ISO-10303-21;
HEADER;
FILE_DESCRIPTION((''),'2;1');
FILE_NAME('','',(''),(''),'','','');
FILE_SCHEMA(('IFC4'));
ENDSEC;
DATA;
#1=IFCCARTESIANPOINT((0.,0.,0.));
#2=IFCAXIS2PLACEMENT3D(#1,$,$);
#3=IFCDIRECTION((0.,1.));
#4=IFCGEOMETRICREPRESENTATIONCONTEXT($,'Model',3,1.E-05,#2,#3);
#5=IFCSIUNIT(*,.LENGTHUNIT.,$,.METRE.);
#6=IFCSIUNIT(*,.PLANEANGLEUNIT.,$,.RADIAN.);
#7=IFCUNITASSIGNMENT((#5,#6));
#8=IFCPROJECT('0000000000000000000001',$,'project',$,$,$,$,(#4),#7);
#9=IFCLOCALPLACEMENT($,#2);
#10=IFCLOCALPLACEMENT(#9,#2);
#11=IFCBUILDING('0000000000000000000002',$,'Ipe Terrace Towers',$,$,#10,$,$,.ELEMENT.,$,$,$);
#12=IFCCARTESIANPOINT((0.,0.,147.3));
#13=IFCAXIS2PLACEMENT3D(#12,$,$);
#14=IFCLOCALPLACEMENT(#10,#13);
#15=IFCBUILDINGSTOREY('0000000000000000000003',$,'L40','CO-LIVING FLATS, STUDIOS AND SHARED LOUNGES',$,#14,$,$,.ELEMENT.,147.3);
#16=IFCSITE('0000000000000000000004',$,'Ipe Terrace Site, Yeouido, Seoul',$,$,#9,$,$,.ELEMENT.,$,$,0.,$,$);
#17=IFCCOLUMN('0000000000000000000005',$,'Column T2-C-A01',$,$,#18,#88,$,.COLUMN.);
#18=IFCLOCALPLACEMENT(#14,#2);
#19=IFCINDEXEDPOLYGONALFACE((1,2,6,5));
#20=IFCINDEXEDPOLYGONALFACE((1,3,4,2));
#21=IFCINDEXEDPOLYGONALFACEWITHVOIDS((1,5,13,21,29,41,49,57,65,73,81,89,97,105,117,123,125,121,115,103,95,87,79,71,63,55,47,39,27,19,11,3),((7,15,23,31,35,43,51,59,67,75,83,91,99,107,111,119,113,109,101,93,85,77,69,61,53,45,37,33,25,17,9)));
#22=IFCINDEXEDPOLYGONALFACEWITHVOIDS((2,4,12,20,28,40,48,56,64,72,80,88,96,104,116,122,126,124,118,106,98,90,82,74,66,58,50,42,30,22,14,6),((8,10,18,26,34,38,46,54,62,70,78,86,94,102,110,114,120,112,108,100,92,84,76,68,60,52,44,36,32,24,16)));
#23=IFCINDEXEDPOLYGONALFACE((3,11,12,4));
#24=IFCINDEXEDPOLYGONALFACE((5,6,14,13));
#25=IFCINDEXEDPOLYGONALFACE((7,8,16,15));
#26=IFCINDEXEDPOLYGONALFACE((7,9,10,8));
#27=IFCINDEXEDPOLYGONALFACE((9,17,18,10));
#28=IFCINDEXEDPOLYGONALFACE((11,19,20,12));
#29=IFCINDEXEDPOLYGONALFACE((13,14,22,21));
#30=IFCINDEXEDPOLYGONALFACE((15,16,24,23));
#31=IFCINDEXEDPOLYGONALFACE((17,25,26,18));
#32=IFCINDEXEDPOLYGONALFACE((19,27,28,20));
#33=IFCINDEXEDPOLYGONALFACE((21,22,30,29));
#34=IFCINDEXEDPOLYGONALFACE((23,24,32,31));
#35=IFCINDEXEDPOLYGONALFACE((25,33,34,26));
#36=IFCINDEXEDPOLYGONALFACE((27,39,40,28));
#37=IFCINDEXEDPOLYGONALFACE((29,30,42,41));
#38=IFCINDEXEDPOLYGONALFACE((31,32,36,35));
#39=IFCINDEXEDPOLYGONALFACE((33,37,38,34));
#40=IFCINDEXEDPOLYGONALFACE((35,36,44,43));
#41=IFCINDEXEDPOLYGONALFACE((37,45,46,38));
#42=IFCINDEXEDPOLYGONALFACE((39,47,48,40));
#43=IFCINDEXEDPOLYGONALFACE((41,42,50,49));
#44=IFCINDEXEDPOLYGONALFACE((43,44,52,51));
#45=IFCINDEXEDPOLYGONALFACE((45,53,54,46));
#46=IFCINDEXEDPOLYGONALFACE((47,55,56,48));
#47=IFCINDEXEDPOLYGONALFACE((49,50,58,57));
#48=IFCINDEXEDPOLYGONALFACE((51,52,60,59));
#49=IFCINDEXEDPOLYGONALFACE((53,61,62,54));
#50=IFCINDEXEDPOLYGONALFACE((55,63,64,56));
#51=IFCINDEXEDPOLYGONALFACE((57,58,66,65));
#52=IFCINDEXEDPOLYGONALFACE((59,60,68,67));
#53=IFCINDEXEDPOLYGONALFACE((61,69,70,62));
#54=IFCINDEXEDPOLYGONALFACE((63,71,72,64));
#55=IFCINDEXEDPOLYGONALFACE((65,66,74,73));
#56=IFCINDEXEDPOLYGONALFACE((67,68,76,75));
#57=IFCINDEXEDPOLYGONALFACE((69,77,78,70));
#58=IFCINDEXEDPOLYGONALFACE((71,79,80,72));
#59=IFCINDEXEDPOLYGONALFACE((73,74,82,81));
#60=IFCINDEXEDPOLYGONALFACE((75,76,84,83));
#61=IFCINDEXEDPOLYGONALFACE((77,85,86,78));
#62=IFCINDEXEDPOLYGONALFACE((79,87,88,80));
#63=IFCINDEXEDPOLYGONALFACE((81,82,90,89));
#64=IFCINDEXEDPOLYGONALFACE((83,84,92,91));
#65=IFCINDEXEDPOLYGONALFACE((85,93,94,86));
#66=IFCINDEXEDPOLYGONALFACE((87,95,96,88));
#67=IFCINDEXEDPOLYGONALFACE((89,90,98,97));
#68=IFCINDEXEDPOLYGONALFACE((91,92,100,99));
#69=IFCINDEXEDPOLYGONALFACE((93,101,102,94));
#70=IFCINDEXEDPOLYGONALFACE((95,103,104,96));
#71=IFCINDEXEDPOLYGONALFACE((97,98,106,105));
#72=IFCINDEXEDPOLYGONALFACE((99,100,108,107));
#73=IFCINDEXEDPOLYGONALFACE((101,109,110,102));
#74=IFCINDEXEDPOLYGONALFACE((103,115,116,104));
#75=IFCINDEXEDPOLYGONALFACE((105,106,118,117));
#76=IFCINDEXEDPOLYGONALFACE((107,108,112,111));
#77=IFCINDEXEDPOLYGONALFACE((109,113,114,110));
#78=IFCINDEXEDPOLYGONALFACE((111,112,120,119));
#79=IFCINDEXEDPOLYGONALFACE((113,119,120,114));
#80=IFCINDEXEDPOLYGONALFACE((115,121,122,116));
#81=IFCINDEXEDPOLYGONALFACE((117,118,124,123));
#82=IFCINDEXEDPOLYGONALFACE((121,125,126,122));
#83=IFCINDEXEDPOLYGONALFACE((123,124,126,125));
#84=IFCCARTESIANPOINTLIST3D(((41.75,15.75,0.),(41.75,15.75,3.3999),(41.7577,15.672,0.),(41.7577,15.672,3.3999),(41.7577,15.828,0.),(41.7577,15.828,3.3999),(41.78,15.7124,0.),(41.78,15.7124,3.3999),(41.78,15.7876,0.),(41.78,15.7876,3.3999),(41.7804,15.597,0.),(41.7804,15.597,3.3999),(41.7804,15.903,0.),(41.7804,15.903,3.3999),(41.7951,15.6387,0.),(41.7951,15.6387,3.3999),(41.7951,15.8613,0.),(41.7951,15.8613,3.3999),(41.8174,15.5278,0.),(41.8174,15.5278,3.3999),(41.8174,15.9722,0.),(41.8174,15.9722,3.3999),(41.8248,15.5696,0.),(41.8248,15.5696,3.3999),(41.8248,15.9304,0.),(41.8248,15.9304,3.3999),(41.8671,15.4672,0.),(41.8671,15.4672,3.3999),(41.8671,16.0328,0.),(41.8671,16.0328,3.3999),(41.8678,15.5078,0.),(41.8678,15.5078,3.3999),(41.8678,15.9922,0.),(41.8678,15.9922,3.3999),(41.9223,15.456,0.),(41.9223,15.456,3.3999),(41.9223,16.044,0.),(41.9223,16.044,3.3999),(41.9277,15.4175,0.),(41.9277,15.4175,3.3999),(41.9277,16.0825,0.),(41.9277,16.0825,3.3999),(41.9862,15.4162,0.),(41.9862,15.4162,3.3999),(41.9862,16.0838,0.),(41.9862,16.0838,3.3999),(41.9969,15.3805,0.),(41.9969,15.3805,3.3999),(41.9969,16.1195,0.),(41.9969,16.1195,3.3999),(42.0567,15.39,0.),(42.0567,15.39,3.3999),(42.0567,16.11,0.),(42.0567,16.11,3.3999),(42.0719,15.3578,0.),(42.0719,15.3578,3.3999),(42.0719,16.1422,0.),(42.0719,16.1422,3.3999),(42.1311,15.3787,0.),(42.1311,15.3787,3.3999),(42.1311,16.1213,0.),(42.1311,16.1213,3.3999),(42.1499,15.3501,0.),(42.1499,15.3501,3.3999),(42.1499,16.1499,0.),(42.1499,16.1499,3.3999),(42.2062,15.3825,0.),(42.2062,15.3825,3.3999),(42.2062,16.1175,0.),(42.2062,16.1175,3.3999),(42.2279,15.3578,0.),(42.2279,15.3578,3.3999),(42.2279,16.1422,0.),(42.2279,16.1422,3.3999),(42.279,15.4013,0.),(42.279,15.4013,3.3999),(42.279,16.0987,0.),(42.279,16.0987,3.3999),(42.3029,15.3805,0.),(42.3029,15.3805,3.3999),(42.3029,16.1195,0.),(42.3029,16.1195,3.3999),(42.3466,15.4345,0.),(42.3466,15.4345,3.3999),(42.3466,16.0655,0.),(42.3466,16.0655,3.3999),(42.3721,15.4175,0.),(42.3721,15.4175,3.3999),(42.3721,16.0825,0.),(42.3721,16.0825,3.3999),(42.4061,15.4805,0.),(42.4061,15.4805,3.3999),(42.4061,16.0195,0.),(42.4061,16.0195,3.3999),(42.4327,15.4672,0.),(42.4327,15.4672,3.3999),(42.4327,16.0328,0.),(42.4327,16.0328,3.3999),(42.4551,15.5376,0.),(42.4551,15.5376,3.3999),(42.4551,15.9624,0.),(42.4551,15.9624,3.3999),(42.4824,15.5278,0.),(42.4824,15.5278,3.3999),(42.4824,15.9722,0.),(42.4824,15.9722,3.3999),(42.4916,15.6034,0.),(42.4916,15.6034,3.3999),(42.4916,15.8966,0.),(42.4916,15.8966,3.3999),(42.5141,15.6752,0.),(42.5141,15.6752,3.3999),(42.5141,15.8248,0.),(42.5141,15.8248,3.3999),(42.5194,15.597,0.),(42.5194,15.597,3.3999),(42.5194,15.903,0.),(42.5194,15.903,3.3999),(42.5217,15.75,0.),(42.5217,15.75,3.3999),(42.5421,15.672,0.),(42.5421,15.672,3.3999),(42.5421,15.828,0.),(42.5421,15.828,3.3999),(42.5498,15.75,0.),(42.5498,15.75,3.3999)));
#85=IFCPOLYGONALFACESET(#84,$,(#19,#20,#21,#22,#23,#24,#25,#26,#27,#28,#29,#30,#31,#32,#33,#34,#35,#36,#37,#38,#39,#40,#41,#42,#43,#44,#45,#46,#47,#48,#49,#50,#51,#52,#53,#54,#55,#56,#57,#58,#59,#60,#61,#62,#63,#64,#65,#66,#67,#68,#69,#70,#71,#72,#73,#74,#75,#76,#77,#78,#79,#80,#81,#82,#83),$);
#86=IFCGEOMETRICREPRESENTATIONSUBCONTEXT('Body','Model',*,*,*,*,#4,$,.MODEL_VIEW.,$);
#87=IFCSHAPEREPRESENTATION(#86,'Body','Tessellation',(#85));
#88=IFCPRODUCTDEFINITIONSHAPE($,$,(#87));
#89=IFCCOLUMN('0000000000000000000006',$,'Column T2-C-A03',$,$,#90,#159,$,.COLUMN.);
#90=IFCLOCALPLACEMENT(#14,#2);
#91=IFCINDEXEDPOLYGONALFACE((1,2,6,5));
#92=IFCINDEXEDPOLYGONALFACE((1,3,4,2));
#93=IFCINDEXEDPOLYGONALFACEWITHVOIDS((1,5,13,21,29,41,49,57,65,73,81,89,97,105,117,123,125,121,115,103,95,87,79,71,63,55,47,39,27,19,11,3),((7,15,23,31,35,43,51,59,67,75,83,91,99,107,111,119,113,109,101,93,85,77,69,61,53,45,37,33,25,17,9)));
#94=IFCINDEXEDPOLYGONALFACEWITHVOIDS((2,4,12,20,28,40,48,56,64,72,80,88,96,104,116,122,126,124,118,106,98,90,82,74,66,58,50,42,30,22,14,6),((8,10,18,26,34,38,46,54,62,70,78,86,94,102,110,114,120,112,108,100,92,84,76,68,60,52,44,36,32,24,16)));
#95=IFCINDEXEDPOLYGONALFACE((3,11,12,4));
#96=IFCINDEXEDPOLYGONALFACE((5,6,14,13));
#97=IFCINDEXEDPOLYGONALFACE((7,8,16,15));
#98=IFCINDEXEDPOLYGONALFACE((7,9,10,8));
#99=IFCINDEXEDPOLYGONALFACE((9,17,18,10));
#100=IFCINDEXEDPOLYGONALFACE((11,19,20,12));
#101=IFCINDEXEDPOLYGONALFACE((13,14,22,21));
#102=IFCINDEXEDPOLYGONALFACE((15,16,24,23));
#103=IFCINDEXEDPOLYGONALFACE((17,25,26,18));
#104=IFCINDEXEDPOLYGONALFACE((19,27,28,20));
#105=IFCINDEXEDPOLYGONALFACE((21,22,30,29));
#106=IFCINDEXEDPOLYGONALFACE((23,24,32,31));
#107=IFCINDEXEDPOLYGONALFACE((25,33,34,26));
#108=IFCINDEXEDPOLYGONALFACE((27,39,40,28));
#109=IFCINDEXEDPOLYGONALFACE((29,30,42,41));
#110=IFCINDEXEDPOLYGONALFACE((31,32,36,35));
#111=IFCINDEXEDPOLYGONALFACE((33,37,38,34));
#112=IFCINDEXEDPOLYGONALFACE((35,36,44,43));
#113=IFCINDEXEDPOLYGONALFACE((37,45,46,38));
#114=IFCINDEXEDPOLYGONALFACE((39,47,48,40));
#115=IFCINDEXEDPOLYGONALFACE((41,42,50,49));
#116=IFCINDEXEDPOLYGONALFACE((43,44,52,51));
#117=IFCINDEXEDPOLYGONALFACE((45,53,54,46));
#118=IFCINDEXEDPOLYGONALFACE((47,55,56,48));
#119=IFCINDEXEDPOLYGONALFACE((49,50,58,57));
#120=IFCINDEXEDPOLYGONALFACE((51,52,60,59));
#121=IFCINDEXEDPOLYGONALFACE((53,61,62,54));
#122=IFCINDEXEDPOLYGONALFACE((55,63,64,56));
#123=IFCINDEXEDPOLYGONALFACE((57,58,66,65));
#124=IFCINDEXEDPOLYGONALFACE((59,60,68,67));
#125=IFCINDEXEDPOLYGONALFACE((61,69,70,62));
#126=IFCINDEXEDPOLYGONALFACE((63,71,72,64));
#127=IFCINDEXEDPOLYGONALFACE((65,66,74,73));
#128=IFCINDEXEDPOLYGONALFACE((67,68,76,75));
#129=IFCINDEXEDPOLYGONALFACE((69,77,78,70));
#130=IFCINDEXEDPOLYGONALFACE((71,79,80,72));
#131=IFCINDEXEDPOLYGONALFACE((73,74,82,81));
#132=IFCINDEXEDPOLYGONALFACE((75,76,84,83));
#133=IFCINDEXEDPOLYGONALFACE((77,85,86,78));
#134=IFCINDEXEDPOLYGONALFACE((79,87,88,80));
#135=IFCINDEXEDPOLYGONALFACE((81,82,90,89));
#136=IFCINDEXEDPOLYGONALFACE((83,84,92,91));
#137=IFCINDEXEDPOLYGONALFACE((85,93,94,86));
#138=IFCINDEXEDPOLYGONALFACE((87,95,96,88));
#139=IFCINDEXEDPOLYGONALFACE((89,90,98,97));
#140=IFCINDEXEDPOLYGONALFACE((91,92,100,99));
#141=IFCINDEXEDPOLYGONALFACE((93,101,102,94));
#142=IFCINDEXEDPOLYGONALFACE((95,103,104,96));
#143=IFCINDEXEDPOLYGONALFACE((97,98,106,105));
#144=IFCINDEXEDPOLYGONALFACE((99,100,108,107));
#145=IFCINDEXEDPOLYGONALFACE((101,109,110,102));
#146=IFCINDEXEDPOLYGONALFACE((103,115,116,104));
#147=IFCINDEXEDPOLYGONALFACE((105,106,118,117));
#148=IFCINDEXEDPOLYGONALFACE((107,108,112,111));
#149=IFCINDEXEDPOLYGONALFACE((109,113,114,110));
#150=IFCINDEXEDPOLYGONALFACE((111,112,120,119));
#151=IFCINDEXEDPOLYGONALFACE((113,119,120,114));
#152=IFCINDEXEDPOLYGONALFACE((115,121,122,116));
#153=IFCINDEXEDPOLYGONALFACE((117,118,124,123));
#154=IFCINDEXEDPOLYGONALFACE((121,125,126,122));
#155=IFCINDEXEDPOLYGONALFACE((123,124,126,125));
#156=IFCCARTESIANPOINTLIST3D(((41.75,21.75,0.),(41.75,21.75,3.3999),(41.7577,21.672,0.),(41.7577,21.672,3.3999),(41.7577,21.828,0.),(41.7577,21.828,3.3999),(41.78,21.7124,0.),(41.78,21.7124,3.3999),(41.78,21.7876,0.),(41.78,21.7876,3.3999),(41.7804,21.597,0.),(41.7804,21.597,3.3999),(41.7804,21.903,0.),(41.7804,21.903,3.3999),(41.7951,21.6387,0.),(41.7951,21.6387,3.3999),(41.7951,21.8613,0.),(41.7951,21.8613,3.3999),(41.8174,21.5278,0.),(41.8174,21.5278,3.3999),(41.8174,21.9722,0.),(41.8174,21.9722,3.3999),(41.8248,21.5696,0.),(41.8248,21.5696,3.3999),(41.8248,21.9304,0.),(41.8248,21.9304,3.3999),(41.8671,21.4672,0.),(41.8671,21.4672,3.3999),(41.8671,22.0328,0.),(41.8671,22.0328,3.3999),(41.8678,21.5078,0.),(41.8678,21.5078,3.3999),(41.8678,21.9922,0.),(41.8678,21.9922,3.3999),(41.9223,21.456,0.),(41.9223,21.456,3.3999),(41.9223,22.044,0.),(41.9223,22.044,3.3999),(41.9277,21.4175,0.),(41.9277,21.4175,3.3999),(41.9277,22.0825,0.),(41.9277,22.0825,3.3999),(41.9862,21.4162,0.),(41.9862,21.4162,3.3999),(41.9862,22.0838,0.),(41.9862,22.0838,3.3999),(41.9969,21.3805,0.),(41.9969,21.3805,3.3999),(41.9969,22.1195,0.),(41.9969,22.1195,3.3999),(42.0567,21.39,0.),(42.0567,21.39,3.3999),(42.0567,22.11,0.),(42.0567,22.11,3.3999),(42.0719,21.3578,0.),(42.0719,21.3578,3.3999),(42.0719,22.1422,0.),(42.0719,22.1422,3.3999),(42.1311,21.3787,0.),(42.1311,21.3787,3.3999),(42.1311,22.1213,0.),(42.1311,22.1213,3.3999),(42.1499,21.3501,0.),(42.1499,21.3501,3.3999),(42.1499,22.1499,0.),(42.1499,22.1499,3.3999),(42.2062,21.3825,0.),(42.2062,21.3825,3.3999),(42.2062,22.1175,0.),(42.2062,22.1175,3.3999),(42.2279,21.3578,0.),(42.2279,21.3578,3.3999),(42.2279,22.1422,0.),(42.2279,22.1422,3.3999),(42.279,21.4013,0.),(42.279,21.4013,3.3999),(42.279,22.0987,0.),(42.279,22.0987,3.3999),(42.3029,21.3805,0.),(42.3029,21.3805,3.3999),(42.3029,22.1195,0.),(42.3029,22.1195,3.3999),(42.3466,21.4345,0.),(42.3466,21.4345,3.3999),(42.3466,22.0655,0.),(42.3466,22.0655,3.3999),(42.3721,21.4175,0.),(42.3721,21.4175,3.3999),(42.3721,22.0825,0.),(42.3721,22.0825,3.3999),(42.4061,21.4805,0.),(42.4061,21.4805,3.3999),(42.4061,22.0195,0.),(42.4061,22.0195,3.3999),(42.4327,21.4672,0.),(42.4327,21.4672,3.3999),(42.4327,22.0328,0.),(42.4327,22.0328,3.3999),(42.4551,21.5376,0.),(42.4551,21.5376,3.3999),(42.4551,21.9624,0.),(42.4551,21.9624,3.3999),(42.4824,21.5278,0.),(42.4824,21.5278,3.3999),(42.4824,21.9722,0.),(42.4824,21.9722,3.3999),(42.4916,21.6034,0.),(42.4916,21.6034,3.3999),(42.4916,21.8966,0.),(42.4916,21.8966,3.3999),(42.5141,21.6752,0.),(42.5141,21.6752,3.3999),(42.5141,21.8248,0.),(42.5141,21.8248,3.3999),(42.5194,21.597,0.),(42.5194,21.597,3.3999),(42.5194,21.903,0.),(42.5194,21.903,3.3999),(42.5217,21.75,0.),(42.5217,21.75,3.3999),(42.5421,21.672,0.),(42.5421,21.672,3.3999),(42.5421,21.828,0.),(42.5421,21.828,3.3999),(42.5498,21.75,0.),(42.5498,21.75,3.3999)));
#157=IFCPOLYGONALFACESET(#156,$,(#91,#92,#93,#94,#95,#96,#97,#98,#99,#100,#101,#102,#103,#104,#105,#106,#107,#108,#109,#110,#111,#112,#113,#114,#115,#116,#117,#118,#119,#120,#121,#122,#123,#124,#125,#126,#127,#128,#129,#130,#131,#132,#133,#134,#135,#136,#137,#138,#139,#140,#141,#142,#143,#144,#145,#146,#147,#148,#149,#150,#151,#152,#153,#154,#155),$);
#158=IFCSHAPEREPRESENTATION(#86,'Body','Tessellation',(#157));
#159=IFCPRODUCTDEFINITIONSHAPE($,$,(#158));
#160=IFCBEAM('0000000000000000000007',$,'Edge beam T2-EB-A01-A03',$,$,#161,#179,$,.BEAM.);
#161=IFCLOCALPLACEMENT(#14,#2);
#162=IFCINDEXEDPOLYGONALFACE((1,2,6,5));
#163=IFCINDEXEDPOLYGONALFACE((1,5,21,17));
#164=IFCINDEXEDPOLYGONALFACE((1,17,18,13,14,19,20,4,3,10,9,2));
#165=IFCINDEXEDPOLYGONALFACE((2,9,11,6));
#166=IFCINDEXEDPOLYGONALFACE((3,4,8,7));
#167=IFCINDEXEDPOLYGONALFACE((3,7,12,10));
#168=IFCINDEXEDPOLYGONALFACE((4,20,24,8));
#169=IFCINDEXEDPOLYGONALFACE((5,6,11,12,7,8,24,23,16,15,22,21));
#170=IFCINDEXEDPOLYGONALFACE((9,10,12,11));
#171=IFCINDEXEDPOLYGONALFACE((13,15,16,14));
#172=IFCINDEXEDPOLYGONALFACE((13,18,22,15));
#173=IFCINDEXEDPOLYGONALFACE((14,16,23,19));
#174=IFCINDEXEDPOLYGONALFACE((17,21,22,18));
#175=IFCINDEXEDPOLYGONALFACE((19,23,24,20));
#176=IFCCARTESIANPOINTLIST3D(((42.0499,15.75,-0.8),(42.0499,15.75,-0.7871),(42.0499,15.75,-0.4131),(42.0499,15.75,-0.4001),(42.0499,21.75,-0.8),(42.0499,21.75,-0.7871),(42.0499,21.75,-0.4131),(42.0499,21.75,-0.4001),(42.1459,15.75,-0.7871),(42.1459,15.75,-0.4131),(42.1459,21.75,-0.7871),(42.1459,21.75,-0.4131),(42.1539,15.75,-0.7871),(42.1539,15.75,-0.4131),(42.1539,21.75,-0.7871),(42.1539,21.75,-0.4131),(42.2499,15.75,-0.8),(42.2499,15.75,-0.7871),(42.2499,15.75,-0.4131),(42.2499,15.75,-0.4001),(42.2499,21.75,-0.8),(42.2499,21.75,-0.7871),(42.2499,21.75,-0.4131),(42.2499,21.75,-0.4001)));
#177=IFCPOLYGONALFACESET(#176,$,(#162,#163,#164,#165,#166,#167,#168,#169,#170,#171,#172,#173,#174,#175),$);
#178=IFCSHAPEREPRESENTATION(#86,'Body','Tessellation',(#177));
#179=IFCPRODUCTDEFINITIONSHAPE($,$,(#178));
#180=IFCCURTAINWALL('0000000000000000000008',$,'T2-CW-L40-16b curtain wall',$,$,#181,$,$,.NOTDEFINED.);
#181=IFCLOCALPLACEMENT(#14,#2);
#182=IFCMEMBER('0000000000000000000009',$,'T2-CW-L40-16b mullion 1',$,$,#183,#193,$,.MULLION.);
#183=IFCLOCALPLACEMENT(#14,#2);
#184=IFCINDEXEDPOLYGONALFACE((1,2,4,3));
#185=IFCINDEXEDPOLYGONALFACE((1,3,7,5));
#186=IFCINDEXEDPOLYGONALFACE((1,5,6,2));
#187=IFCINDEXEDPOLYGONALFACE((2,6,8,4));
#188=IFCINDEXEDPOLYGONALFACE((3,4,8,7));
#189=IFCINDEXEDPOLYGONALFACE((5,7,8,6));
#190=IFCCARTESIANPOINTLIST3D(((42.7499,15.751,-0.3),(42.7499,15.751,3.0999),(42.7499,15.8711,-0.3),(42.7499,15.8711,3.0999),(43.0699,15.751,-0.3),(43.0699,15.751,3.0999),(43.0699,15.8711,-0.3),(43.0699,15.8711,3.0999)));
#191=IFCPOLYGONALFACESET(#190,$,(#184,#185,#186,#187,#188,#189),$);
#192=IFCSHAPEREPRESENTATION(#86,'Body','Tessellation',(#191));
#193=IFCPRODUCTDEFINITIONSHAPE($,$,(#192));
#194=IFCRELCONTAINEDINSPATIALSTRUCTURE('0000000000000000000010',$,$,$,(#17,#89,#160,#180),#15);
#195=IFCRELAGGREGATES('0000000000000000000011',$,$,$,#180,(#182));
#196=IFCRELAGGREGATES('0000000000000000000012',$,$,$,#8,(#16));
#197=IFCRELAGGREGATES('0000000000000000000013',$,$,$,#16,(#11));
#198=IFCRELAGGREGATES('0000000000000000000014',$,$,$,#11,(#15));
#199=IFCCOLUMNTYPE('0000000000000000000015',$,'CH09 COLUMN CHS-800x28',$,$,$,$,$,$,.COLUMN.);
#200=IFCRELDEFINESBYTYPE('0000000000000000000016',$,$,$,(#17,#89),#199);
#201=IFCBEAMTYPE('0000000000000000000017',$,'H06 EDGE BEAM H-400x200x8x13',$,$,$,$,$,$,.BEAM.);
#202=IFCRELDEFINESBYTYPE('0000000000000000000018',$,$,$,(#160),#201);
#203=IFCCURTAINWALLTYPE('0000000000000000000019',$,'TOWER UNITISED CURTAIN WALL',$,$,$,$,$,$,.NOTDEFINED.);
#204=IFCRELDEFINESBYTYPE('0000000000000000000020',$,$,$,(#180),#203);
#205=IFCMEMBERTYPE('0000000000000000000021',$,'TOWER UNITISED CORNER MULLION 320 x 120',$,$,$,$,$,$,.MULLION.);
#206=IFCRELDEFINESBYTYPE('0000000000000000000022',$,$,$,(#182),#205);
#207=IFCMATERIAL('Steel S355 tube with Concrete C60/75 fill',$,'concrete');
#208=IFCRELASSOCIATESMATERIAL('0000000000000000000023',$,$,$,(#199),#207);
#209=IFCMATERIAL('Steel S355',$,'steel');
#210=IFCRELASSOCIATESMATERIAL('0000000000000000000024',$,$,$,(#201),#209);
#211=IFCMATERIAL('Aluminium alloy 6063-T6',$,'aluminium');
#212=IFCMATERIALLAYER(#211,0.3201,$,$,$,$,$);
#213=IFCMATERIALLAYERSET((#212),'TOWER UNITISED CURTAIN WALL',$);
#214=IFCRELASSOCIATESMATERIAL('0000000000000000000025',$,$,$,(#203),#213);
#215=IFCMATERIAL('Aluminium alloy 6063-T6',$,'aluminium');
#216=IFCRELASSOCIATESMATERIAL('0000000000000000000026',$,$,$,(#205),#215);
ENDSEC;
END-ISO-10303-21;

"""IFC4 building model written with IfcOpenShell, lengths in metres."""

from ifc_helpers import new_model, si_unit, direction, frame, origin, origin_2d, place, context, subcontext, project, spatial, rectangle, hollow_circle, i_section, extrude, material, layer, layer_set, material_profile, profile_set, type_object, element, aggregate, save


model = new_model("IFC4")

# Units and contexts
model_context = context("Model", 3, precision=1e-05, world=origin(), true_north=direction((0.0, 1.0)))
body_context = subcontext(model_context, "Body", "Model", "MODEL_VIEW")
ifc_project = project(units=[si_unit("LENGTHUNIT", "METRE"), si_unit("PLANEANGLEUNIT", "RADIAN")], contexts=[model_context])

# Site, building, storey
site_placement = place(None, origin())
site = spatial("IfcSite", under=ifc_project, at=site_placement, Name="Ipe Terrace Site, Yeouido, Seoul", CompositionType="ELEMENT", RefElevation=0.0)
building_placement = place(site_placement, origin())
building = spatial("IfcBuilding", under=site, at=building_placement, Name="Ipe Terrace Towers", CompositionType="ELEMENT")
storey_placement = place(building_placement, frame((0.0, 0.0, 147.3)))
storey = spatial("IfcBuildingStorey", under=building, at=storey_placement, Name="L40", Description="CO-LIVING FLATS, STUDIOS AND SHARED LOUNGES", CompositionType="ELEMENT", Elevation=147.3)

# Columns
ifc_material_1 = material(Name="Steel S355 tube with Concrete C60/75 fill", Category="concrete")
ifc_material_profile_1 = material_profile(ifc_material_1, hollow_circle(Radius=0.3999, WallThickness=0.0281, at=origin_2d()), Name="CHS-800x28")
ifc_profile_set_1 = profile_set([ifc_material_profile_1], Name="Steel S355 tube with Concrete C60/75 fill")
column_type = type_object("IfcColumnType", Name="CH09 COLUMN CHS-800x28", PredefinedType="COLUMN", material=ifc_profile_set_1)
for number, where, z_axis, x_axis, name in (
    (1, (42.1499, 15.75, 0.0), (0.0, 0.0, 1.0), (1.0, 0.0, 0.0), "Column T2-C-A01"),
    (2, (42.1499, 21.75, 0.0), (0.0, 0.0, 1.0), (1.0, 0.0, 0.0), "Column T2-C-A03"),
):
    element("IfcColumn", number, at=place(storey_placement, frame(where, z_axis=z_axis, x_axis=x_axis)), inside=storey, type_object=column_type, Name=name, PredefinedType="COLUMN", context=body_context, shape_type="SweptSolid", body=[
        extrude(hollow_circle(Radius=0.3999, WallThickness=0.0281, at=origin_2d()), origin(), (0.0, 0.0, 1.0), 3.3999),
    ])

# Beam
ifc_material_2 = material(Name="Steel S355", Category="steel")
ifc_material_profile_2 = material_profile(ifc_material_2, i_section(OverallWidth=0.2, OverallDepth=0.3999, WebThickness=0.0081, FlangeThickness=0.0129, at=origin_2d()), Name="H-400x200x8x13")
ifc_profile_set_2 = profile_set([ifc_material_profile_2], Name="Steel S355")
beam_type = type_object("IfcBeamType", Name="H06 EDGE BEAM H-400x200x8x13", PredefinedType="BEAM", material=ifc_profile_set_2)
beam_placement = place(storey_placement, frame((42.1499, 15.75, -0.6001), z_axis=(0.0, 1.0, 0.0), x_axis=(-1.0, 0.0, 0.0)))
element("IfcBeam", 3, at=beam_placement, inside=storey, type_object=beam_type, Name="Edge beam T2-EB-A01-A03", PredefinedType="BEAM", context=body_context, shape_type="SweptSolid", body=[
    extrude(i_section(OverallWidth=0.2, OverallDepth=0.3999, WebThickness=0.0081, FlangeThickness=0.0129, at=origin_2d()), origin(), (0.0, 0.0, 1.0), 6.0),
])

# Curtain wall, member
ifc_material_3 = material(Name="Aluminium alloy 6063-T6", Category="aluminium")
ifc_layer_1 = layer(ifc_material_3, 0.3201)
ifc_layer_set_1 = layer_set([ifc_layer_1], Name="TOWER UNITISED CURTAIN WALL")
curtain_wall_type = type_object("IfcCurtainWallType", Name="TOWER UNITISED CURTAIN WALL", PredefinedType="NOTDEFINED", material=ifc_layer_set_1)
curtain_wall_1_placement = place(storey_placement, origin())
curtain_wall_1 = element("IfcCurtainWall", 4, at=curtain_wall_1_placement, inside=storey, type_object=curtain_wall_type, Name="T2-CW-L40-16b curtain wall", PredefinedType="NOTDEFINED")
ifc_material_4 = material(Name="Aluminium alloy 6063-T6", Category="aluminium")
ifc_material_profile_3 = material_profile(ifc_material_4, rectangle(XDim=0.3201, YDim=0.1201, at=origin_2d()), Name="TOWER UNITISED CORNER MULLION 320 x 120")
ifc_profile_set_3 = profile_set([ifc_material_profile_3], Name="Aluminium alloy 6063-T6")
member_type_1 = type_object("IfcMemberType", Name="TOWER UNITISED CORNER MULLION 320 x 120", PredefinedType="MULLION", material=ifc_profile_set_3)
member_1_placement = place(storey_placement, frame((42.9099, 15.811, -0.3), z_axis=(0.0, 0.0, 1.0), x_axis=(1.0, 0.0, 0.0)))
member_1 = element("IfcMember", 5, at=member_1_placement, type_object=member_type_1, Name="T2-CW-L40-16b mullion 1", PredefinedType="MULLION", context=body_context, shape_type="SweptSolid", body=[
    extrude(rectangle(XDim=0.3201, YDim=0.1201, at=origin_2d()), origin(), (0.0, 0.0, 1.0), 3.3999),
])

aggregate(curtain_wall_1, [member_1])

save(model, "model.ifc")
